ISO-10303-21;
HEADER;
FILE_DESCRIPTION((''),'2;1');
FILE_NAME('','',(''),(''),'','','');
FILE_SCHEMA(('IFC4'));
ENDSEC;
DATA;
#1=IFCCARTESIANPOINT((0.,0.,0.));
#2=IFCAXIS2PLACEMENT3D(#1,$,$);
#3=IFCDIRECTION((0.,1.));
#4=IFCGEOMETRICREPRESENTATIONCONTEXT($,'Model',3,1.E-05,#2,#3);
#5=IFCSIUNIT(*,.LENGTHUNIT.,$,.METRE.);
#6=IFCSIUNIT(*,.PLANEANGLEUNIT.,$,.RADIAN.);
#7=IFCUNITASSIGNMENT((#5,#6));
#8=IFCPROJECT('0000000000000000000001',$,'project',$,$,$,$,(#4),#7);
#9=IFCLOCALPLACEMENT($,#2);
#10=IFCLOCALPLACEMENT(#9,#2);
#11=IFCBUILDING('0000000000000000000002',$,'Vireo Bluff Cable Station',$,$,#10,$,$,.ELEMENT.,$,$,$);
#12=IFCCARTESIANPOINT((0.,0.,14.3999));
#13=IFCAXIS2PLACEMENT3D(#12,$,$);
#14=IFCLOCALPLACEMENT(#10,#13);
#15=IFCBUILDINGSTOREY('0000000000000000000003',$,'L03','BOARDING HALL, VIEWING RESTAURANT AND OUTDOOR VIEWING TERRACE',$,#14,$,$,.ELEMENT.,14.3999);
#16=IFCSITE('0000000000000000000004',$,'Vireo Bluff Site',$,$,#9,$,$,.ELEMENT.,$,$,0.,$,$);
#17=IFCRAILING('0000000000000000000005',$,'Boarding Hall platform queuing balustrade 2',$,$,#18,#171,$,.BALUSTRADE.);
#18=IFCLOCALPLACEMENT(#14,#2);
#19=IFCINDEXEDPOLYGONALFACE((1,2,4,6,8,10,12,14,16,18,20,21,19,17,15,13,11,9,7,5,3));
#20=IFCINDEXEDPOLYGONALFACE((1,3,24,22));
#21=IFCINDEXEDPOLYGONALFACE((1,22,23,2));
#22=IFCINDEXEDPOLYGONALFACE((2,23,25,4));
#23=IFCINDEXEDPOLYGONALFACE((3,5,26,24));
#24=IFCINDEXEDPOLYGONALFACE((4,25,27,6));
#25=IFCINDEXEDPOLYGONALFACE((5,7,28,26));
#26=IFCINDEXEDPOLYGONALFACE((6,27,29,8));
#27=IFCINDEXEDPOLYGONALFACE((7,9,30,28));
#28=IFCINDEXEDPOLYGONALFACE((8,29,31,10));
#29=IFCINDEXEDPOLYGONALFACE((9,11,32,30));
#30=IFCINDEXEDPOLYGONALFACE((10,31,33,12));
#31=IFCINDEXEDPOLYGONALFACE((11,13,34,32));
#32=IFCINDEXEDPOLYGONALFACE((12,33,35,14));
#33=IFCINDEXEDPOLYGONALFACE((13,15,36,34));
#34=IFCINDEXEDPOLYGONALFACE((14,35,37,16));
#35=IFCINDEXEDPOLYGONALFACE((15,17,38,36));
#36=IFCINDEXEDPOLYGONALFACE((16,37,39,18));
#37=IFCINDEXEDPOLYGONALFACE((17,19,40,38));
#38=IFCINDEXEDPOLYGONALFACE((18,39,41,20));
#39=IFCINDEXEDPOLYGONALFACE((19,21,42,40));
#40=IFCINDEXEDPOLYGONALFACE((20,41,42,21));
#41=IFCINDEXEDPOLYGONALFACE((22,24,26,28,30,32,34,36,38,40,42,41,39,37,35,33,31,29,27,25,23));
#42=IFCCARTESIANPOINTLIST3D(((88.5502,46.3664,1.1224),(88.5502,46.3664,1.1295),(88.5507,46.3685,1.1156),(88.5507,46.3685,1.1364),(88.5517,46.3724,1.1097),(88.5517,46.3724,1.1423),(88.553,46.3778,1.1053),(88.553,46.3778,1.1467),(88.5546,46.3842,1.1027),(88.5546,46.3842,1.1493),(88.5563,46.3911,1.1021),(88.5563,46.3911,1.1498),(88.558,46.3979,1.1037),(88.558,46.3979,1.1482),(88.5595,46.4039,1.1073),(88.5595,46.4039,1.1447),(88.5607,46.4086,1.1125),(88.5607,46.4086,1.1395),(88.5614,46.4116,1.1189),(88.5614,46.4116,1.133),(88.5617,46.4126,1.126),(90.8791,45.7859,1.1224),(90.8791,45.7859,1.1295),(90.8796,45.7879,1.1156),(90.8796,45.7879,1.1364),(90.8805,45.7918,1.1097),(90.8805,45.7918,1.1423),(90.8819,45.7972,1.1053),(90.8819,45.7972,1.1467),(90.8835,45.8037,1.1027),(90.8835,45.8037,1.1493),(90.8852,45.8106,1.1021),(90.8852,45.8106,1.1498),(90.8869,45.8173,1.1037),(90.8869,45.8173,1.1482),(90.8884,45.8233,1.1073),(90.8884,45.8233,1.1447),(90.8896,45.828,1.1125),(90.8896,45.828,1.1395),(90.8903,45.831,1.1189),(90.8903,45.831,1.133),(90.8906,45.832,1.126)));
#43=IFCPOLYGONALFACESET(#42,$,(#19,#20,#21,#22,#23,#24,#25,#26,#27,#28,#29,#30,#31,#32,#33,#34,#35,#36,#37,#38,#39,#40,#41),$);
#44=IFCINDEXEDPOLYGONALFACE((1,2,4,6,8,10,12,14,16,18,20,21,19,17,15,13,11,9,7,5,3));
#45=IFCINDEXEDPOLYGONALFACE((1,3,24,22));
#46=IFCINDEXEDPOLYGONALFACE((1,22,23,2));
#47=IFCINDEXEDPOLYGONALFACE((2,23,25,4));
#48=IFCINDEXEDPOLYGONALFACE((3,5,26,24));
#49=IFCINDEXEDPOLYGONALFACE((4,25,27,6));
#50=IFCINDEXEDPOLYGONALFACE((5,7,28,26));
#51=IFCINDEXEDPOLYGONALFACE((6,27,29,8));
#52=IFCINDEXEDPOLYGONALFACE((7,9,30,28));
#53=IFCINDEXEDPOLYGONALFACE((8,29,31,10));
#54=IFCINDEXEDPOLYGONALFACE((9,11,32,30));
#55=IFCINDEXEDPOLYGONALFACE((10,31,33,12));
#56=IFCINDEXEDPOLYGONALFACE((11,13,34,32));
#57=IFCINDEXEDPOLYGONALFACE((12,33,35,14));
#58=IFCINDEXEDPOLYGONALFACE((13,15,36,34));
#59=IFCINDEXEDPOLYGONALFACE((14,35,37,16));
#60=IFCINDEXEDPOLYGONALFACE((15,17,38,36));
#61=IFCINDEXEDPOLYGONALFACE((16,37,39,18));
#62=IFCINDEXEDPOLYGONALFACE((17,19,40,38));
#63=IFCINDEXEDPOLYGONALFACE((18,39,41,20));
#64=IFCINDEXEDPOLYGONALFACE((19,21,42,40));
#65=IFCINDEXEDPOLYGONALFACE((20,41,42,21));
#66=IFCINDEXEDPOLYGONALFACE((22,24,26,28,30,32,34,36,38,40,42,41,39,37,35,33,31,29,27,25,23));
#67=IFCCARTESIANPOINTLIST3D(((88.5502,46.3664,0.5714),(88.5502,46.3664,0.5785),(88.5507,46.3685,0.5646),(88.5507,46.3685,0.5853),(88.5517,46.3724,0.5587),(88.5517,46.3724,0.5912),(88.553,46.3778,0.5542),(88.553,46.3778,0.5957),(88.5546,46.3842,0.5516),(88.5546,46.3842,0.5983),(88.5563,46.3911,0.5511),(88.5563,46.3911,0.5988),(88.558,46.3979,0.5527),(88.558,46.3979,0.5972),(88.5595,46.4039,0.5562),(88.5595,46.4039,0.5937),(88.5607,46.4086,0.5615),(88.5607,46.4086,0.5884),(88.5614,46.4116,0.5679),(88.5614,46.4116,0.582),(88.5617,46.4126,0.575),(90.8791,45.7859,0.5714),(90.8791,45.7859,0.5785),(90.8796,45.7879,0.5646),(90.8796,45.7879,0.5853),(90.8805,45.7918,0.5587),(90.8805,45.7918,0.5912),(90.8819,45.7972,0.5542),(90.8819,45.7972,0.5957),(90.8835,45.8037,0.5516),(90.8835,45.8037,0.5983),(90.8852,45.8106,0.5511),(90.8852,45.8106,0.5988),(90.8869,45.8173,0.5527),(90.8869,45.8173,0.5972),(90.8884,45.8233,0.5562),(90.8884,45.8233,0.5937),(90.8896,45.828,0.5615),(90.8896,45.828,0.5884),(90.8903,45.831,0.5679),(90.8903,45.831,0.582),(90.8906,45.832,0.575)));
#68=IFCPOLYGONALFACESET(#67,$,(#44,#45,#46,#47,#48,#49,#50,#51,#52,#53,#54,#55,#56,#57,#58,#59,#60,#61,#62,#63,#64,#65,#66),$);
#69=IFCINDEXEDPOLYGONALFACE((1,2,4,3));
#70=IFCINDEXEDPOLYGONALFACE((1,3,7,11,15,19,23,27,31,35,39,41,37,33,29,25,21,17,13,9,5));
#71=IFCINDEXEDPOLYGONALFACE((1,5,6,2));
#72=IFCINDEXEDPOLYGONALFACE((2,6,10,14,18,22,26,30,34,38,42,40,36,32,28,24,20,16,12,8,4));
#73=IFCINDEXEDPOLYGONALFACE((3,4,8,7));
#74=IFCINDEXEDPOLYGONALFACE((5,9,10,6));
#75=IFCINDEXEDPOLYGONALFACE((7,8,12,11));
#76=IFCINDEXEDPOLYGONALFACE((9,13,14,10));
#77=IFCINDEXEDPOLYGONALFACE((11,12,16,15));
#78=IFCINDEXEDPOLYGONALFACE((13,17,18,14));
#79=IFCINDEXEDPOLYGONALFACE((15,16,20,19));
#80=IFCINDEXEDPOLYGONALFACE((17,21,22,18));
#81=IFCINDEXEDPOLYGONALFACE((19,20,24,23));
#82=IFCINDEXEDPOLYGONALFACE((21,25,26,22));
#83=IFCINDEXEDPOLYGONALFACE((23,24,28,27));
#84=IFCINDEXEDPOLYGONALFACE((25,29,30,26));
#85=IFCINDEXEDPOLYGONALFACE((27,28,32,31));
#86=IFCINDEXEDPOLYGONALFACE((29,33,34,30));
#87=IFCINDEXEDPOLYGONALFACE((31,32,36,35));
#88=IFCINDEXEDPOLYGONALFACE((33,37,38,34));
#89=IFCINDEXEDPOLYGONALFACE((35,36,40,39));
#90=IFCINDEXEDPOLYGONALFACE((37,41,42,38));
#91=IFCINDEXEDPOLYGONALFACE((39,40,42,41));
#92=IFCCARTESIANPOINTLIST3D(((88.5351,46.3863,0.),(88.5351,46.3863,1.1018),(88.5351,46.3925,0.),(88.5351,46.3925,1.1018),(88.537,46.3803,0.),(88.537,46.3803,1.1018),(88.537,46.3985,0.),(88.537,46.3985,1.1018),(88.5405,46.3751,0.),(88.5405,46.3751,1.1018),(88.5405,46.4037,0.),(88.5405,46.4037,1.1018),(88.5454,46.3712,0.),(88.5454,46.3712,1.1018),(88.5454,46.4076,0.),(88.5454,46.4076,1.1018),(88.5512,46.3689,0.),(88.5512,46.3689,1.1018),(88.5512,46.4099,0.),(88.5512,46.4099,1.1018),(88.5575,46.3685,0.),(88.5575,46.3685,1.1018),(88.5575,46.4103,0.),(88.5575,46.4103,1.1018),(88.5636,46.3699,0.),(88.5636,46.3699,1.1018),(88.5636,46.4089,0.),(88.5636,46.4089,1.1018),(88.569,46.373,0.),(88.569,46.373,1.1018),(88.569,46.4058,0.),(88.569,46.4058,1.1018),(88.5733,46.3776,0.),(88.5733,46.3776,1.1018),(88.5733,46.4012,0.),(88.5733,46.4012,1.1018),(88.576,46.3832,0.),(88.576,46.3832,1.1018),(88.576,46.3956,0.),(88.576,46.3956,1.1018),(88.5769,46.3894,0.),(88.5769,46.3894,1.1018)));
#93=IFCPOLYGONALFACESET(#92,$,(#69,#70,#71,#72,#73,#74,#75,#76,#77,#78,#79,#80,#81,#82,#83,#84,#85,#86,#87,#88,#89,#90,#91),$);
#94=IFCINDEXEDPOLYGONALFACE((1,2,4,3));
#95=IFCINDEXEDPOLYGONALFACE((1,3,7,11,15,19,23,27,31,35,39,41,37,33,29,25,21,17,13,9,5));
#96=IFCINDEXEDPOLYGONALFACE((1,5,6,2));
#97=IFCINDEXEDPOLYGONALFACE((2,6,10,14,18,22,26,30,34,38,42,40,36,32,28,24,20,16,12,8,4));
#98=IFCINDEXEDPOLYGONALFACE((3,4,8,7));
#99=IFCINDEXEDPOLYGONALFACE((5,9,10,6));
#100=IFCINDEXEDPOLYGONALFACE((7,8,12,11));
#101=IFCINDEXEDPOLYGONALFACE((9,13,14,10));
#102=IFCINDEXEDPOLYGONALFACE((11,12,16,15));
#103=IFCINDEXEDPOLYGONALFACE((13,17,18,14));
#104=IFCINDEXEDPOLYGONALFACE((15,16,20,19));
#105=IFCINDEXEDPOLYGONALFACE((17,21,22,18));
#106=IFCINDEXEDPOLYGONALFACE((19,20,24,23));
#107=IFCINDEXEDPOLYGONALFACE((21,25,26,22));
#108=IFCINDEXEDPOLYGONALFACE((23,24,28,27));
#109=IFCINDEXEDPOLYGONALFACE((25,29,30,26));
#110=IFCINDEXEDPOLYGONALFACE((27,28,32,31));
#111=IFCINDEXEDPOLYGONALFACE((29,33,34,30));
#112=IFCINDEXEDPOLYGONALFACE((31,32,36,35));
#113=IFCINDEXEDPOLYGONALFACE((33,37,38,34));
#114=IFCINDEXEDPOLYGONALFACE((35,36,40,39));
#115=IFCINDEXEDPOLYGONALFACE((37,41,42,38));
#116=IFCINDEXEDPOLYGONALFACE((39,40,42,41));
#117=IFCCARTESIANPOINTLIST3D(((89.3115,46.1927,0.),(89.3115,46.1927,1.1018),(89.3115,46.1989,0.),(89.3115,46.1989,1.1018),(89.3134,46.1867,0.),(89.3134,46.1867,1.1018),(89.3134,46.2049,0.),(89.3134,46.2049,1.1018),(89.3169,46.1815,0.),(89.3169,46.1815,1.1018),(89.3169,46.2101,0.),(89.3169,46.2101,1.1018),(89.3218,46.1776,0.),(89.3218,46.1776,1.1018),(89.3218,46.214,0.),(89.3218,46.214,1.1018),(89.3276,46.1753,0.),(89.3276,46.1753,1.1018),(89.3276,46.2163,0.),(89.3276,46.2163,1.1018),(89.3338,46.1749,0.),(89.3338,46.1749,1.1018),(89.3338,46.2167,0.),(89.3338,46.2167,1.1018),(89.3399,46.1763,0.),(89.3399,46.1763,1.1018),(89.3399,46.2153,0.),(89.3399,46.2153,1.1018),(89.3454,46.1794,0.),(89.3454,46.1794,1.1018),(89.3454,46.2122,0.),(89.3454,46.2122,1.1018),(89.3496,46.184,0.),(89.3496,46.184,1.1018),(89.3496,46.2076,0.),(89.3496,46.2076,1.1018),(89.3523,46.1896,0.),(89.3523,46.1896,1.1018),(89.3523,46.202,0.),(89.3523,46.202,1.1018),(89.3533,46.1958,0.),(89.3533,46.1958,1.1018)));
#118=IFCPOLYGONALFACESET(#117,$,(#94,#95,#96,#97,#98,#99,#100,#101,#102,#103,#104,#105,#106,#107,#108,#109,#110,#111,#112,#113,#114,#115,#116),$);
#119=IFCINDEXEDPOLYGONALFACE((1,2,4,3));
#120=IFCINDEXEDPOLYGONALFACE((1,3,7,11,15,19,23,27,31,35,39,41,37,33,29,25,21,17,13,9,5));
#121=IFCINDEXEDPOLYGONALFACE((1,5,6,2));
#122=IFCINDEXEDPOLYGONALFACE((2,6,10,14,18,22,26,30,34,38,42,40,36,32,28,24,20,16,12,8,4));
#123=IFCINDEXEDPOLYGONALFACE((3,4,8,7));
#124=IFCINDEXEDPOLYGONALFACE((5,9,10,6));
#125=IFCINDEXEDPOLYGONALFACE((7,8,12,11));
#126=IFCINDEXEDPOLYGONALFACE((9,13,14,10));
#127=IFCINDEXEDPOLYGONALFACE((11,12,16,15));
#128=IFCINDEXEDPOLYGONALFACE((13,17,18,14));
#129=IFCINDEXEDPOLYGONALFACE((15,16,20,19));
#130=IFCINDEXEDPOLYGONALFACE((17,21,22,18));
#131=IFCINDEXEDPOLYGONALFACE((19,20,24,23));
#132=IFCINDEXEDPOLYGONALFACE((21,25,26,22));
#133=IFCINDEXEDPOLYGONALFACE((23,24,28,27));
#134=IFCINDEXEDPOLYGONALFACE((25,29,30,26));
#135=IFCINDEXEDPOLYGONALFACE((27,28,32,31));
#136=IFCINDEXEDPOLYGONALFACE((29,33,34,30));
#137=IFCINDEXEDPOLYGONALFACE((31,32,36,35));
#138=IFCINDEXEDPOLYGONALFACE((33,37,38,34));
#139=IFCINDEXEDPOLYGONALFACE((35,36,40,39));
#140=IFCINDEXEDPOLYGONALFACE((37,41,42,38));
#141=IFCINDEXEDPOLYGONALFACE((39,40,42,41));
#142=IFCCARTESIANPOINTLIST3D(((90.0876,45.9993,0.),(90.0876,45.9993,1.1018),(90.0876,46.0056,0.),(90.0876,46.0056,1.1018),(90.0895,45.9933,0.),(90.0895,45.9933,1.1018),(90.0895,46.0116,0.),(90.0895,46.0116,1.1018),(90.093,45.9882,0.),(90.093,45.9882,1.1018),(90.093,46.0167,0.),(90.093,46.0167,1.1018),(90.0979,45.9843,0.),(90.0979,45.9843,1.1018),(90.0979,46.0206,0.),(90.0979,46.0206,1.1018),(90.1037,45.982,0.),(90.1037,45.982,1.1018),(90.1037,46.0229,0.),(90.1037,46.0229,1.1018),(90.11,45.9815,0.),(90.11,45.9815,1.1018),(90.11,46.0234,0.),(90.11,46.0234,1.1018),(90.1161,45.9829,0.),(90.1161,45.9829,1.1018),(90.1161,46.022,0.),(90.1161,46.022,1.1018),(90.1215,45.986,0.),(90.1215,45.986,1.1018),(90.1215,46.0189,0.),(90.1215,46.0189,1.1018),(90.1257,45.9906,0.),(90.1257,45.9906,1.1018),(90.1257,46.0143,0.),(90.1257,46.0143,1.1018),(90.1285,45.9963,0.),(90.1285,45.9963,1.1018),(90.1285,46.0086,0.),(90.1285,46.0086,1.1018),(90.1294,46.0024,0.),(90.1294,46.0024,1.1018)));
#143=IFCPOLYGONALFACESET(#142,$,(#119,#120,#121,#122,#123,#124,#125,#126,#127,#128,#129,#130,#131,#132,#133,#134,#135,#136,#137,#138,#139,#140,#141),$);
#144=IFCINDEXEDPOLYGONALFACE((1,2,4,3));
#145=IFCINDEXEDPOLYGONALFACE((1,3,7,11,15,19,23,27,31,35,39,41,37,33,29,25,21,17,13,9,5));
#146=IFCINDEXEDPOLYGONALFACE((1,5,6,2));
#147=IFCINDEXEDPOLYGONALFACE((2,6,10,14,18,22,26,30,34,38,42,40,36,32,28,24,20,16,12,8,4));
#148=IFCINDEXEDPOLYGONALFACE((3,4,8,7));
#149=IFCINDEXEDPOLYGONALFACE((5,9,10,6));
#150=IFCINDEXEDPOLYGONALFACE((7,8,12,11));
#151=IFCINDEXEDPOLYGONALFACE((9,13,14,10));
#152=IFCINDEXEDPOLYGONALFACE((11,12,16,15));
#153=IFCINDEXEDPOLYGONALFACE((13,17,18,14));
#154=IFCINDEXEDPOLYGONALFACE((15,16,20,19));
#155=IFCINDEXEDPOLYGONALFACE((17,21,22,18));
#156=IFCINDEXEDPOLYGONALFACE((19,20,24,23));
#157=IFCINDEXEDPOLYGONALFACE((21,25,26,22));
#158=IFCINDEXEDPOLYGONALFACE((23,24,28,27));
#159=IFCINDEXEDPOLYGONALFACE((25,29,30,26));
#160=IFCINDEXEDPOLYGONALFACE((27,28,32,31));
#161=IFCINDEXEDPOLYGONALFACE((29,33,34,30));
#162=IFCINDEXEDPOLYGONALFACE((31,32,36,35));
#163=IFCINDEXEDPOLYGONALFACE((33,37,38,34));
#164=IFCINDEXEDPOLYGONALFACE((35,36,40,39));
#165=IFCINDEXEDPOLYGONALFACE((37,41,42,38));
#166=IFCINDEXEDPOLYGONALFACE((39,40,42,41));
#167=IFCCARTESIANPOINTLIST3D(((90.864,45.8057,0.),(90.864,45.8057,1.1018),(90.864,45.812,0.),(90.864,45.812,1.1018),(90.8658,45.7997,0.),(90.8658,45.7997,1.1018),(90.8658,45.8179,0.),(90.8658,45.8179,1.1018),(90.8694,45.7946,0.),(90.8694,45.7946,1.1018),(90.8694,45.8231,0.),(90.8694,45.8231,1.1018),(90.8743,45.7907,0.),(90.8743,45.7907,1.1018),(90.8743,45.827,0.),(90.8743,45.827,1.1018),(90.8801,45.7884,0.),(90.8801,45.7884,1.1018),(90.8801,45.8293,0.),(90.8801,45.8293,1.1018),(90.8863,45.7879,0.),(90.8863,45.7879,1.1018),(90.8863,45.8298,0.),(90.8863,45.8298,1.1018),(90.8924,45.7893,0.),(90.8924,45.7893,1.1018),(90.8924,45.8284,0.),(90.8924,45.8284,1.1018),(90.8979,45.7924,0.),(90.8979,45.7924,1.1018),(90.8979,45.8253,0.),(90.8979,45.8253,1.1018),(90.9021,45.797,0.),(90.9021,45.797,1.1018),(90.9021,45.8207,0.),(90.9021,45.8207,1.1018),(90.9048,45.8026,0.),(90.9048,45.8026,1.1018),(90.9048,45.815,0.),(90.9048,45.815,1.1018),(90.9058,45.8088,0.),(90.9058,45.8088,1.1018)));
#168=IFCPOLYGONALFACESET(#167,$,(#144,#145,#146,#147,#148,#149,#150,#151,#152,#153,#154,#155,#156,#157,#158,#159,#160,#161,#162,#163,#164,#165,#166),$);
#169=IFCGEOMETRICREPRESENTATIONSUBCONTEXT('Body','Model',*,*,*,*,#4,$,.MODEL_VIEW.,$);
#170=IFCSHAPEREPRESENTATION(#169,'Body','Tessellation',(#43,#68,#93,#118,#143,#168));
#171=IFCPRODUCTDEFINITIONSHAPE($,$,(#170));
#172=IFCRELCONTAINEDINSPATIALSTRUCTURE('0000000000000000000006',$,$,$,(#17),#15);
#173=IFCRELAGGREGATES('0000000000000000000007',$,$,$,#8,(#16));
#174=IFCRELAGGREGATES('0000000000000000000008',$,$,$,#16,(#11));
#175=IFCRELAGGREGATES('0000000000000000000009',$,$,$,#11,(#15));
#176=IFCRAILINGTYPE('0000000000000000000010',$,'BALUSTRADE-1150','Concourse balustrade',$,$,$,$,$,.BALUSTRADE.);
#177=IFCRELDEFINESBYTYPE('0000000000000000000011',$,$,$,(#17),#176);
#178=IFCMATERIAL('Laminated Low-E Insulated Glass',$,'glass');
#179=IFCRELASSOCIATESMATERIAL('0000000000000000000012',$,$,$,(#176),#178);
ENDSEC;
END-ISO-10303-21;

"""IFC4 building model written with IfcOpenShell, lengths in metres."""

from ifc_helpers import new_model, si_unit, direction, frame, origin, origin_2d, place, context, subcontext, project, spatial, circle, extrude, material, type_object, element, save


model = new_model("IFC4")

# Units and contexts
model_context = context("Model", 3, precision=1e-05, world=origin(), true_north=direction((0.0, 1.0)))
body_context = subcontext(model_context, "Body", "Model", "MODEL_VIEW")
ifc_project = project(units=[si_unit("LENGTHUNIT", "METRE"), si_unit("PLANEANGLEUNIT", "RADIAN")], contexts=[model_context])

# Site, building, storey
site_placement = place(None, origin())
site = spatial("IfcSite", under=ifc_project, at=site_placement, Name="Vireo Bluff Site", CompositionType="ELEMENT", RefElevation=0.0)
building_placement = place(site_placement, origin())
building = spatial("IfcBuilding", under=site, at=building_placement, Name="Vireo Bluff Cable Station", CompositionType="ELEMENT")
storey_placement = place(building_placement, frame((0.0, 0.0, 14.3999)))
storey = spatial("IfcBuildingStorey", under=building, at=storey_placement, Name="L03", Description="BOARDING HALL, VIEWING RESTAURANT AND OUTDOOR VIEWING TERRACE", CompositionType="ELEMENT", Elevation=14.3999)

# Shared definitions
ifc_material_1 = material(Name="Laminated Low-E Insulated Glass", Category="glass")

# Railing
railing_type = type_object("IfcRailingType", Name="BALUSTRADE-1150", Description="Concourse balustrade", PredefinedType="BALUSTRADE", material=ifc_material_1)
for number, where, name in (
    (1, (88.5559, 46.3894, 0.0), "Boarding Hall platform queuing balustrade 2"),
):
    element("IfcRailing", number, at=place(storey_placement, frame(where)), inside=storey, type_object=railing_type, Name=name, PredefinedType="BALUSTRADE", context=body_context, shape_type="SweptSolid", body=[
        extrude(circle(Radius=0.0239, at=origin_2d()), frame((0.0, 0.0, 1.126), z_axis=(0.970304, -0.241889, 0.0), x_axis=(0.241889, 0.970304, 0.0)), (0.0, 0.0, 1.0), 2.4001),
        extrude(circle(Radius=0.0239, at=origin_2d()), frame((0.0, 0.0, 0.575), z_axis=(0.970304, -0.241889, 0.0), x_axis=(0.241889, 0.970304, 0.0)), (0.0, 0.0, 1.0), 2.4001),
        extrude(circle(Radius=0.021, at=origin_2d()), origin(), (0.0, 0.0, 1.0), 1.1018),
        extrude(circle(Radius=0.021, at=origin_2d()), frame((0.7764, -0.1936, 0.0)), (0.0, 0.0, 1.0), 1.1018),
        extrude(circle(Radius=0.021, at=origin_2d()), frame((1.5525, -0.387, 0.0)), (0.0, 0.0, 1.0), 1.1018),
        extrude(circle(Radius=0.021, at=origin_2d()), frame((2.3289, -0.5806, 0.0)), (0.0, 0.0, 1.0), 1.1018),
    ])

save(model, "model.ifc")
